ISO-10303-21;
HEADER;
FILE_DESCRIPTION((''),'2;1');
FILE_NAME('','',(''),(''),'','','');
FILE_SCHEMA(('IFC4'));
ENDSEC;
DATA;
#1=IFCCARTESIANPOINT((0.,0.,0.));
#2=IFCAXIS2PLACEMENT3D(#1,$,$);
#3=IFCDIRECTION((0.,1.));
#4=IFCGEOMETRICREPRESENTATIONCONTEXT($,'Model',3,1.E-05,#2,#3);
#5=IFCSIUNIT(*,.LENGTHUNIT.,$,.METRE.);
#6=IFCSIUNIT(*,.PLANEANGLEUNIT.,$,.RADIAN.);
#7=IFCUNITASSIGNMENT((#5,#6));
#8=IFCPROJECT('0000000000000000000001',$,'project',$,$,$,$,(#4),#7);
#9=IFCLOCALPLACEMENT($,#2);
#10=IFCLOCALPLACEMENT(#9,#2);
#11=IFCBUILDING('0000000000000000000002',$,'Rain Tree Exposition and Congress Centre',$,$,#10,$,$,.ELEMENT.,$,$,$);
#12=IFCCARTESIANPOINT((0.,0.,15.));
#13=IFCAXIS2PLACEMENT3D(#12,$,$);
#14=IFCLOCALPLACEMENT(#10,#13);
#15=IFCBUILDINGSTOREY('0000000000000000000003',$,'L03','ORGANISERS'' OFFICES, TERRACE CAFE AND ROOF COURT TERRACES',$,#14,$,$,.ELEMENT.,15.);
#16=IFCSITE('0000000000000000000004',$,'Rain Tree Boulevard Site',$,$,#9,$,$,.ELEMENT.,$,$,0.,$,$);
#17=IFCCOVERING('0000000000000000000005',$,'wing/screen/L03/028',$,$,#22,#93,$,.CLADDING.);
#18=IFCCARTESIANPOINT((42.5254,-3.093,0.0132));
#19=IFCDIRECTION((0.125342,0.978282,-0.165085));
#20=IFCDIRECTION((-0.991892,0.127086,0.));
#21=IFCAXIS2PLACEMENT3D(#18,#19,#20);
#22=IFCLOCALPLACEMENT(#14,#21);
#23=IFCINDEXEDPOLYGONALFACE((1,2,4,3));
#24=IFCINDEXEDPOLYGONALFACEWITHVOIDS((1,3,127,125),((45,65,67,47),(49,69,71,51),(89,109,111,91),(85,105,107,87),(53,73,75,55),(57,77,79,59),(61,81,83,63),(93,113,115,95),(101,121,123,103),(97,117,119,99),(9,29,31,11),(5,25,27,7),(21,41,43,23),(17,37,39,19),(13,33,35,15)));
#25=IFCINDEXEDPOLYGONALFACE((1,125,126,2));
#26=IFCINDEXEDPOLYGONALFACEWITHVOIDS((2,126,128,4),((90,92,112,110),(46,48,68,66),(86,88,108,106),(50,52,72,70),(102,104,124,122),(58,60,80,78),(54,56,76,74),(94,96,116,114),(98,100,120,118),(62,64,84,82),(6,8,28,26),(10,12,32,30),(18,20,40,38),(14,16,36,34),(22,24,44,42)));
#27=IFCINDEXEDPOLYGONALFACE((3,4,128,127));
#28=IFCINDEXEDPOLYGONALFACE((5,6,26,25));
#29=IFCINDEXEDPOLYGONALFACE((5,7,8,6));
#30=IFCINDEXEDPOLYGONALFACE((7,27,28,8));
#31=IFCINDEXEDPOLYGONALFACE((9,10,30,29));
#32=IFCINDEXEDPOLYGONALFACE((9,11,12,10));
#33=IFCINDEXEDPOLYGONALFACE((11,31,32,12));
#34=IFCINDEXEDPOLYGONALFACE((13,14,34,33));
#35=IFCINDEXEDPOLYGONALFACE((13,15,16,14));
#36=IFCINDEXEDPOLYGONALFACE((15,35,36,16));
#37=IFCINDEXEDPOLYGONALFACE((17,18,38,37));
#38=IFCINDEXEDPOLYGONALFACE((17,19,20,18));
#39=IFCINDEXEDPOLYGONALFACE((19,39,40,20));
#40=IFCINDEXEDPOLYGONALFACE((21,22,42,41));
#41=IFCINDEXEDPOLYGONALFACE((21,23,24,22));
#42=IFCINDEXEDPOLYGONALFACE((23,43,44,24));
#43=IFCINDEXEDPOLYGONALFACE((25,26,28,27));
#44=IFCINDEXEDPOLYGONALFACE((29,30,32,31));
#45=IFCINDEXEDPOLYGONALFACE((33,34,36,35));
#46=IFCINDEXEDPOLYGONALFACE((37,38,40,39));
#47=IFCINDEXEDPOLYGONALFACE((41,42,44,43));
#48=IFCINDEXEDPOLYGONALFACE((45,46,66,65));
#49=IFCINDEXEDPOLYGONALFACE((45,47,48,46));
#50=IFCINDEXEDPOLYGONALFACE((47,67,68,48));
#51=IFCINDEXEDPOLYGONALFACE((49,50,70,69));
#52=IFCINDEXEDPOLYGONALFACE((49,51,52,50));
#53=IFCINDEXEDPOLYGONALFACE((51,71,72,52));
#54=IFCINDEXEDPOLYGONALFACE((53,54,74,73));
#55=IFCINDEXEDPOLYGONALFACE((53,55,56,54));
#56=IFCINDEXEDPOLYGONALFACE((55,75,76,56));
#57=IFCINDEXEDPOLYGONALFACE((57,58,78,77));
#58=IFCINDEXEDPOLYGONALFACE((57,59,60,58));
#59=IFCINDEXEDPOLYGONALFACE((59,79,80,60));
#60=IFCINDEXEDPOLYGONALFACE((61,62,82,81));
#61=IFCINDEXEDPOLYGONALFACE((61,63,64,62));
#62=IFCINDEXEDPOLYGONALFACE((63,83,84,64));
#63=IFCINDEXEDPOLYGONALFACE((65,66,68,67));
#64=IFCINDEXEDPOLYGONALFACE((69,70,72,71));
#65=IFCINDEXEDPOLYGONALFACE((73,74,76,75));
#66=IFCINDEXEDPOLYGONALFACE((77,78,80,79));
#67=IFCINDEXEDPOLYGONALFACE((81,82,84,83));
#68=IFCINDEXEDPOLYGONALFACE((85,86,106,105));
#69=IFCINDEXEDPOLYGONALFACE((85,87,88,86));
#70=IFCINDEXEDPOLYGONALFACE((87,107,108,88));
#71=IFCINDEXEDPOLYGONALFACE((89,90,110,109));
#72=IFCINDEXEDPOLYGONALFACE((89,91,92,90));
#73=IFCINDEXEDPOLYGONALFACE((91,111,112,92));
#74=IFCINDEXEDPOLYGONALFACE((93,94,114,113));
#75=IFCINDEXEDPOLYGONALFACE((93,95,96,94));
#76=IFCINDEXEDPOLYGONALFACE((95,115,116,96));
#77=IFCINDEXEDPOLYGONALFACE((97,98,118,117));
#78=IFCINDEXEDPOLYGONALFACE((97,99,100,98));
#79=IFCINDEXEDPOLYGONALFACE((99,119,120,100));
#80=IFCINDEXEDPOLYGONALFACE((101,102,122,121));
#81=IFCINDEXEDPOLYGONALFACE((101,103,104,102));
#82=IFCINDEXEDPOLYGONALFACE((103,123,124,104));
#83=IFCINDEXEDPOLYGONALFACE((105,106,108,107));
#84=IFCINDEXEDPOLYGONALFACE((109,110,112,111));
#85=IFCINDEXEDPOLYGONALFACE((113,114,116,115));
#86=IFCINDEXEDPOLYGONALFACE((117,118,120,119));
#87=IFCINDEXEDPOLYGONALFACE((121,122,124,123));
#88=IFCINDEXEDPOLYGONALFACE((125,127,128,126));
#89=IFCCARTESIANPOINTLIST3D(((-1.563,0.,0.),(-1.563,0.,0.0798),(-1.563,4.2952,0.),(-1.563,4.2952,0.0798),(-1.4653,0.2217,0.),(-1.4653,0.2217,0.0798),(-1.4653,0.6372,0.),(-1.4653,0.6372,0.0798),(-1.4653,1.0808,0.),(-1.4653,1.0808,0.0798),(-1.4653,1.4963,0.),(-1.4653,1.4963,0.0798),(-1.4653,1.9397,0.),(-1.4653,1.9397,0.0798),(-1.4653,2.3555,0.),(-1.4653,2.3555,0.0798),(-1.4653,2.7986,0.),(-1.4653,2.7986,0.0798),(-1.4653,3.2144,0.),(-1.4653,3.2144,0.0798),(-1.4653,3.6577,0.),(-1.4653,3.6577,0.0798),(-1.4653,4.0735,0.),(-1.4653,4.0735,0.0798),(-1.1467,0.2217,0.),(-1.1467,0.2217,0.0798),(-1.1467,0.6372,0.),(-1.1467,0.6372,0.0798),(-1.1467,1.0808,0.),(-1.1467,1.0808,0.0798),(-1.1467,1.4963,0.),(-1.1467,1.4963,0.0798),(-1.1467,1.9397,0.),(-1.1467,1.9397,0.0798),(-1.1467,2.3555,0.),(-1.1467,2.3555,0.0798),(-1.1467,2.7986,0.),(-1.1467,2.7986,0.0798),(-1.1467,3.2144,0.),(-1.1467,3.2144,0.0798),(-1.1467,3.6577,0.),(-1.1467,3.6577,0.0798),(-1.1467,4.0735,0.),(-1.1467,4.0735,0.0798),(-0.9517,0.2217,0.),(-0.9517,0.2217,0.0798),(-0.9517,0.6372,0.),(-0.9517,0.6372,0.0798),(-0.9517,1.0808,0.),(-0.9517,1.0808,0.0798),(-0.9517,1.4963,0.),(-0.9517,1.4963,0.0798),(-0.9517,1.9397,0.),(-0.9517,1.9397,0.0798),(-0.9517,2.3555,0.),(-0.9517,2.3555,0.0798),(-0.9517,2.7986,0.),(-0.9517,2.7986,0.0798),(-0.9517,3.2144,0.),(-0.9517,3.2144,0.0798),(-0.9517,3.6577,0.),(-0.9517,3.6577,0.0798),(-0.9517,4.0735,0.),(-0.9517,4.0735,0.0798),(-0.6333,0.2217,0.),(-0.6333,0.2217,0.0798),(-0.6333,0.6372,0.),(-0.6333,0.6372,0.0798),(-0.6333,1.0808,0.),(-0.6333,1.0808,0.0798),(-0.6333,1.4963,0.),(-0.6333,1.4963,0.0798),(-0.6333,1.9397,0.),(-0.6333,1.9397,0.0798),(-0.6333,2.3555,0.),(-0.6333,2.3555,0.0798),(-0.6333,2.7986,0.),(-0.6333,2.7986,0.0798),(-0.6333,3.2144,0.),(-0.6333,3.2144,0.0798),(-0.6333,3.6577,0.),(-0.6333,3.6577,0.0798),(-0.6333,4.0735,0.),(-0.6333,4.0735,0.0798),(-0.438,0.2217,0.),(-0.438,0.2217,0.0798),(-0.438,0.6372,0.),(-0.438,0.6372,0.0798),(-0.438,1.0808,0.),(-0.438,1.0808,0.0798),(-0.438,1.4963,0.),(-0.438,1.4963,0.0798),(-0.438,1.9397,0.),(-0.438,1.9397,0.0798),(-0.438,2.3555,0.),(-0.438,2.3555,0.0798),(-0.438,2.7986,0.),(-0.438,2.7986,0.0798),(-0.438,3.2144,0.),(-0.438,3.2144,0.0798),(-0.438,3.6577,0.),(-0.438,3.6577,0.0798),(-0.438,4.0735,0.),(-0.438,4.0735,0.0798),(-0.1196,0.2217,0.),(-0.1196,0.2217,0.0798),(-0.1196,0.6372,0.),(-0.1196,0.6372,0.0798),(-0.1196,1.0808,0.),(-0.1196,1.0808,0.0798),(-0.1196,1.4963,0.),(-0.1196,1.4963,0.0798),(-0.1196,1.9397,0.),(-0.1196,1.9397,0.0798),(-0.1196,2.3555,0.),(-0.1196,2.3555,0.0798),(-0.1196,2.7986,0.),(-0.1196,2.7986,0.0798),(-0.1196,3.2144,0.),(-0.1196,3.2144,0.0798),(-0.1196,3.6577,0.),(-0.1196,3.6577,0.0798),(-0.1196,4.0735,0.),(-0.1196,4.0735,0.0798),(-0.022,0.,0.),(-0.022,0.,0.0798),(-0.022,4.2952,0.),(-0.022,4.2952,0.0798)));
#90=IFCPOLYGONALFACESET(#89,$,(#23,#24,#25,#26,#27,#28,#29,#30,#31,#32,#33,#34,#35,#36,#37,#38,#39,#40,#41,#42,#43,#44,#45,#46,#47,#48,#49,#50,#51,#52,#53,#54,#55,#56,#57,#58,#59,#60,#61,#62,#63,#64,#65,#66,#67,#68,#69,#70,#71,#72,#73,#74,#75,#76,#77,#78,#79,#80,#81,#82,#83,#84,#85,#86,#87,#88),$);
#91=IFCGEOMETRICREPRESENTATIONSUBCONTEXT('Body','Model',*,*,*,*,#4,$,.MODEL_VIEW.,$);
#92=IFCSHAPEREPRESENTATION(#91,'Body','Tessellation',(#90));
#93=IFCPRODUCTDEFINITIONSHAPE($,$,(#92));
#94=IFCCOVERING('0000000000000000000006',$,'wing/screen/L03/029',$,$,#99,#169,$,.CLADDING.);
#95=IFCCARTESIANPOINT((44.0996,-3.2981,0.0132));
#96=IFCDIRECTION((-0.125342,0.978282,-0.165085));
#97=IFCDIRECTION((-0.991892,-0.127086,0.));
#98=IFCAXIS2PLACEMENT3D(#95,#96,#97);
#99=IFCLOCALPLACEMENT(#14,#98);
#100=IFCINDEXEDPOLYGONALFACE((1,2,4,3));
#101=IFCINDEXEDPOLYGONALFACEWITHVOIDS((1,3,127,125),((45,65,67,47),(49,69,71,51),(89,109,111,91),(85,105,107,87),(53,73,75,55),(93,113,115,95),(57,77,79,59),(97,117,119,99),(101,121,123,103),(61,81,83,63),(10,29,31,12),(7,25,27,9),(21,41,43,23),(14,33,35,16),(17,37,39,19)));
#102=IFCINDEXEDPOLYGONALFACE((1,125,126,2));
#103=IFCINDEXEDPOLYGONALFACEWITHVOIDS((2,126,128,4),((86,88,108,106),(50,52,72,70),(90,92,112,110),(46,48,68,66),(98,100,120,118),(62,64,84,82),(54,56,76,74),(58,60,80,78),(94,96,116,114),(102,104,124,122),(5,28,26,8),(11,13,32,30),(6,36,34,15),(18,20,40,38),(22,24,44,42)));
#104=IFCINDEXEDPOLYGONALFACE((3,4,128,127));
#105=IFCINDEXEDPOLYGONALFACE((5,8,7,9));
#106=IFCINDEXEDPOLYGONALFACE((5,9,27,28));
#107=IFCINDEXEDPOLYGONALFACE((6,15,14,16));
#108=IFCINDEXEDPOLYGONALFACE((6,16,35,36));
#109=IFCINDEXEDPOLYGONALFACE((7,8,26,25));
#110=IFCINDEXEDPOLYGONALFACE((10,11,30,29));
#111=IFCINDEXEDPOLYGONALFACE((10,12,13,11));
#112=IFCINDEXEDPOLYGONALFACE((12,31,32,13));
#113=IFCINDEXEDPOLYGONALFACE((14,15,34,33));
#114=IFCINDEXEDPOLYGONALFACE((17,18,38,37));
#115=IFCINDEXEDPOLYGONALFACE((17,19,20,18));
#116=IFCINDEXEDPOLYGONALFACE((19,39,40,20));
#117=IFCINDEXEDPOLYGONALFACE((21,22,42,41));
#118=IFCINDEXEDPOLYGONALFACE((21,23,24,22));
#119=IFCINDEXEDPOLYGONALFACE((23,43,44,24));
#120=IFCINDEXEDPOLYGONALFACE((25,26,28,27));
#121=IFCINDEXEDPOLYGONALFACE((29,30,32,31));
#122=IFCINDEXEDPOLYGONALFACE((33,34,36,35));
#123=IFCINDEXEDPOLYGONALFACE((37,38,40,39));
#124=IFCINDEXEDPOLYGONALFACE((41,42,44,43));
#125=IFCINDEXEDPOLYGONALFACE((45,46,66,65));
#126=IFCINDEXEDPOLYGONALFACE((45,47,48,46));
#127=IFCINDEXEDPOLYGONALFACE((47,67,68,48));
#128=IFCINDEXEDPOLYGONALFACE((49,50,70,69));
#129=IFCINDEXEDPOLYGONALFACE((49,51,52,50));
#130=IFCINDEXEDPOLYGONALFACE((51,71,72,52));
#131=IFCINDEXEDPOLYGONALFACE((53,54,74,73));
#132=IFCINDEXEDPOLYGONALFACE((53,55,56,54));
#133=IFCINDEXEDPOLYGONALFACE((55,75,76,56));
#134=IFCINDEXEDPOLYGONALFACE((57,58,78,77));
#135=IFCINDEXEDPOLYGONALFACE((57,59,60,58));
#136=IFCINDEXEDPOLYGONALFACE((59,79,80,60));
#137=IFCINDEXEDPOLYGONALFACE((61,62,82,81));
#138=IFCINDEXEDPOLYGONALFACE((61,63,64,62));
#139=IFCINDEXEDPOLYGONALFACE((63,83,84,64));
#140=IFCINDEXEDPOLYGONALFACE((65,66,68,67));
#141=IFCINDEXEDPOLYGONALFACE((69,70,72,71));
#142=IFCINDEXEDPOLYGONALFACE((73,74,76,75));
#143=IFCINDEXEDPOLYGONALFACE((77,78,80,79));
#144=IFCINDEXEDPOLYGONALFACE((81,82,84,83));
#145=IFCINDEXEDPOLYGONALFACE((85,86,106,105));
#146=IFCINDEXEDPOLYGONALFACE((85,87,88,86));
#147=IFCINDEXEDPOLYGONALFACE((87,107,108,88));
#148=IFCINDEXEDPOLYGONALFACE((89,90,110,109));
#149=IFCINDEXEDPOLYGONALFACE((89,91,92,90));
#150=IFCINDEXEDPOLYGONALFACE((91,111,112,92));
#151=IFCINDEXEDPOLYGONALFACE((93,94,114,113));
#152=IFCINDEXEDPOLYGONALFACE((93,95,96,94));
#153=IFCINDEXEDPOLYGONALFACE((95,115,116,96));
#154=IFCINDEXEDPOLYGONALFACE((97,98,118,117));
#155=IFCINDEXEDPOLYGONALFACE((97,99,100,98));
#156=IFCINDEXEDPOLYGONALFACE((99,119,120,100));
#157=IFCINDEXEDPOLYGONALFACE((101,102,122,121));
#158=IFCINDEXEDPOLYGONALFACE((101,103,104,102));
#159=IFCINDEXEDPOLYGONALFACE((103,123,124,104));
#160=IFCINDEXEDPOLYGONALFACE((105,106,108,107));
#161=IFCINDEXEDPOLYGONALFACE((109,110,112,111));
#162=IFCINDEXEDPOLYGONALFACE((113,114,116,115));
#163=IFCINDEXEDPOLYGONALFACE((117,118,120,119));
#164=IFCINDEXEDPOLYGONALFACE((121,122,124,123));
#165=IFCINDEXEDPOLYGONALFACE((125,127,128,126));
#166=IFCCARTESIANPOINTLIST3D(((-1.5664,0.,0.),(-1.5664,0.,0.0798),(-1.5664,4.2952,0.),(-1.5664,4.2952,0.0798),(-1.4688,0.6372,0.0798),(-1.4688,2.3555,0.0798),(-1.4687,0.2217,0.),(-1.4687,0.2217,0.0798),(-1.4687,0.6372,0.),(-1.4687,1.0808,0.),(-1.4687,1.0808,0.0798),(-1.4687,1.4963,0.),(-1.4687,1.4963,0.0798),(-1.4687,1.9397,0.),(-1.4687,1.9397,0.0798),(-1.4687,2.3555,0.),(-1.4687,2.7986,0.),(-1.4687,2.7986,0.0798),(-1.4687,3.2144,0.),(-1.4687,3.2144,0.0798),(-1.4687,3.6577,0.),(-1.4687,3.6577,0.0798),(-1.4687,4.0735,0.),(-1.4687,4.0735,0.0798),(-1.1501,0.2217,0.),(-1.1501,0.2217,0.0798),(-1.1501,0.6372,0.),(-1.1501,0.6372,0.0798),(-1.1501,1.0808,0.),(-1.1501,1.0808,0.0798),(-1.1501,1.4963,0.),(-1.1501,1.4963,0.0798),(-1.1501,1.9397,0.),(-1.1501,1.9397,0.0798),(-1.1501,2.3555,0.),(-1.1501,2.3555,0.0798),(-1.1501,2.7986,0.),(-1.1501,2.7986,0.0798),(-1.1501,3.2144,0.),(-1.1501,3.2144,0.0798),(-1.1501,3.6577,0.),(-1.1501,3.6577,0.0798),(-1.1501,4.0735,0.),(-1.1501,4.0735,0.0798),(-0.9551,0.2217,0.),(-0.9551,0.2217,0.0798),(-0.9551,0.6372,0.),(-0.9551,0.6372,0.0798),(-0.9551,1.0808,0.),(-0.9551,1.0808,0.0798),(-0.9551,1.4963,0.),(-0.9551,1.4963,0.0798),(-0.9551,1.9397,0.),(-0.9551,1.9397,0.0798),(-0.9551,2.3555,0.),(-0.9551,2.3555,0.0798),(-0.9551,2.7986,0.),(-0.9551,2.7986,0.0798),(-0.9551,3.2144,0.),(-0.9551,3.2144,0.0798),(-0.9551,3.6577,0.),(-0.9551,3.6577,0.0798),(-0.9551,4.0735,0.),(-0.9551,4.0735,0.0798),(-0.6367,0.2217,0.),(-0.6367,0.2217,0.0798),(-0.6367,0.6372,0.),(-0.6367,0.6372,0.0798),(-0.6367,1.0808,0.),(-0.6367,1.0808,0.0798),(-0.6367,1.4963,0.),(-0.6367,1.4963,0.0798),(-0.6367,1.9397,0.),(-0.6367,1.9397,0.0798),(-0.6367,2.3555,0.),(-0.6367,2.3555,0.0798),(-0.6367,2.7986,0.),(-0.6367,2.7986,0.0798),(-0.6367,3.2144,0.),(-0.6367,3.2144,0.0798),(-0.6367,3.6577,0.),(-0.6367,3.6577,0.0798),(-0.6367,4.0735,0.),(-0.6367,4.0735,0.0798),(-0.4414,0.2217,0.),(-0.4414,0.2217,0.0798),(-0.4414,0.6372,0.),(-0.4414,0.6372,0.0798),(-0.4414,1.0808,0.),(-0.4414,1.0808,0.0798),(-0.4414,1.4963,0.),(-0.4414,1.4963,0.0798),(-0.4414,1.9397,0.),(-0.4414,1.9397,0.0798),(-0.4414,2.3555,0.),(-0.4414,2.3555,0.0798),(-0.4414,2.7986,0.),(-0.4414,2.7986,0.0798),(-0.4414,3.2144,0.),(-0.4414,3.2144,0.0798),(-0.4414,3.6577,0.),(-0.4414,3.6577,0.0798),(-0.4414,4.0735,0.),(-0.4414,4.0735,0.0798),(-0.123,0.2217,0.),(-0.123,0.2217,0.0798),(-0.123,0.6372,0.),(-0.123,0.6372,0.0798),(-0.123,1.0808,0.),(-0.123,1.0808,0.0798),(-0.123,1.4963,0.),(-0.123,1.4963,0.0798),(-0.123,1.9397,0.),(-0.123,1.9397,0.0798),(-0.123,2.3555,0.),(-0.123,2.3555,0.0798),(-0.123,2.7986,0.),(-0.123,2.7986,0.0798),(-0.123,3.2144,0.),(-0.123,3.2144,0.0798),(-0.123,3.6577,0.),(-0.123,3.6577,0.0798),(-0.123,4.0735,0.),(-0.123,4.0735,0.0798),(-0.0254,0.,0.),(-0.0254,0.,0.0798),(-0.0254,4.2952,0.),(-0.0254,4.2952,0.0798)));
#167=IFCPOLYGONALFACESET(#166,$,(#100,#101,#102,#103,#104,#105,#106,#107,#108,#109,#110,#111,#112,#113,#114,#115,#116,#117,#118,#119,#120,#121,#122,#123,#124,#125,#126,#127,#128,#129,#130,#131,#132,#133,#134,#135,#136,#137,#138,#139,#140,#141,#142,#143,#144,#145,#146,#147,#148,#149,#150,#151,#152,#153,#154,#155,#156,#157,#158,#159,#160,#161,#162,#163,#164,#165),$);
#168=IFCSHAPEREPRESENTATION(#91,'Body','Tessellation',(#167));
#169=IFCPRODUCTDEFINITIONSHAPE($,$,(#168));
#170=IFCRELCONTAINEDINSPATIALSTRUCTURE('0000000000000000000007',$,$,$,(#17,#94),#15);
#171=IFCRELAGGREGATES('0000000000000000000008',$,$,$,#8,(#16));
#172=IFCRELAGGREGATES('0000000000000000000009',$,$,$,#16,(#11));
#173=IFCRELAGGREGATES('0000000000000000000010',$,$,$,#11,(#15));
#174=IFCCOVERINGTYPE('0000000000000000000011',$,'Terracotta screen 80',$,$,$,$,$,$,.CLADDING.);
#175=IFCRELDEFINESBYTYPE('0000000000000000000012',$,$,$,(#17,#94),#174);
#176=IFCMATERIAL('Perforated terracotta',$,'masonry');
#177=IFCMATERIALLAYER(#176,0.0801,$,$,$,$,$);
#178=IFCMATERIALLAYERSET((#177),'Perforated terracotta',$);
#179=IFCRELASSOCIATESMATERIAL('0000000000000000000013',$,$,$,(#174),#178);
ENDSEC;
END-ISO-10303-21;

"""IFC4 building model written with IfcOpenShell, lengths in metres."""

from ifc_helpers import new_model, si_unit, direction, frame, origin, place, context, subcontext, project, spatial, polyline, outline, extrude, material, layer, layer_set, type_object, element, save


model = new_model("IFC4")

# Units and contexts
model_context = context("Model", 3, precision=1e-05, world=origin(), true_north=direction((0.0, 1.0)))
body_context = subcontext(model_context, "Body", "Model", "MODEL_VIEW")
ifc_project = project(units=[si_unit("LENGTHUNIT", "METRE"), si_unit("PLANEANGLEUNIT", "RADIAN")], contexts=[model_context])

# Site, building, storey
site_placement = place(None, origin())
site = spatial("IfcSite", under=ifc_project, at=site_placement, Name="Rain Tree Boulevard Site", CompositionType="ELEMENT", RefElevation=0.0)
building_placement = place(site_placement, origin())
building = spatial("IfcBuilding", under=site, at=building_placement, Name="Rain Tree Exposition and Congress Centre", CompositionType="ELEMENT")
storey_placement = place(building_placement, frame((0.0, 0.0, 15.0)))
storey = spatial("IfcBuildingStorey", under=building, at=storey_placement, Name="L03", Description="ORGANISERS' OFFICES, TERRACE CAFE AND ROOF COURT TERRACES", CompositionType="ELEMENT", Elevation=15.0)

# Coverings
ifc_material_1 = material(Name="Perforated terracotta", Category="masonry")
ifc_layer_1 = layer(ifc_material_1, 0.0801)
ifc_layer_set_1 = layer_set([ifc_layer_1], Name="Perforated terracotta")
covering_type = type_object("IfcCoveringType", Name="Terracotta screen 80", PredefinedType="CLADDING", material=ifc_layer_set_1)
covering_1_placement = place(storey_placement, frame((42.5254, -3.093, 0.0132), z_axis=(0.125342, 0.978282, -0.165085), x_axis=(-0.991892, 0.127086, 0.0)))
element("IfcCovering", 1, at=covering_1_placement, inside=storey, type_object=covering_type, Name="wing/screen/L03/028", PredefinedType="CLADDING", context=body_context, shape_type="SweptSolid", body=[
    extrude(outline(polyline([(-1.563, 0.0), (-1.563, 4.2952), (-0.022, 4.2952), (-0.022, 0.0), (-1.563, 0.0)]), holes=[polyline([(-0.1196, 0.2217), (-0.1196, 0.6372), (-0.438, 0.6372), (-0.438, 0.2217), (-0.1196, 0.2217)]), polyline([(-0.1196, 1.0808), (-0.1196, 1.4963), (-0.438, 1.4963), (-0.438, 1.0808), (-0.1196, 1.0808)]), polyline([(-0.1196, 1.9397), (-0.1196, 2.3555), (-0.438, 2.3555), (-0.438, 1.9397), (-0.1196, 1.9397)]), polyline([(-0.1196, 2.7986), (-0.1196, 3.2144), (-0.438, 3.2144), (-0.438, 2.7986), (-0.1196, 2.7986)]), polyline([(-0.1196, 3.6577), (-0.1196, 4.0735), (-0.438, 4.0735), (-0.438, 3.6577), (-0.1196, 3.6577)]), polyline([(-0.6333, 0.2217), (-0.6333, 0.6372), (-0.9517, 0.6372), (-0.9517, 0.2217), (-0.6333, 0.2217)]), polyline([(-0.6333, 1.0808), (-0.6333, 1.4963), (-0.9517, 1.4963), (-0.9517, 1.0808), (-0.6333, 1.0808)]), polyline([(-0.6333, 1.9397), (-0.6333, 2.3555), (-0.9517, 2.3555), (-0.9517, 1.9397), (-0.6333, 1.9397)]), polyline([(-0.6333, 2.7986), (-0.6333, 3.2144), (-0.9517, 3.2144), (-0.9517, 2.7986), (-0.6333, 2.7986)]), polyline([(-0.6333, 3.6577), (-0.6333, 4.0735), (-0.9517, 4.0735), (-0.9517, 3.6577), (-0.6333, 3.6577)]), polyline([(-1.1467, 0.2217), (-1.1467, 0.6372), (-1.4653, 0.6372), (-1.4653, 0.2217), (-1.1467, 0.2217)]), polyline([(-1.1467, 1.0808), (-1.1467, 1.4963), (-1.4653, 1.4963), (-1.4653, 1.0808), (-1.1467, 1.0808)]), polyline([(-1.1467, 1.9397), (-1.1467, 2.3555), (-1.4653, 2.3555), (-1.4653, 1.9397), (-1.1467, 1.9397)]), polyline([(-1.1467, 2.7986), (-1.1467, 3.2144), (-1.4653, 3.2144), (-1.4653, 2.7986), (-1.1467, 2.7986)]), polyline([(-1.1467, 3.6577), (-1.1467, 4.0735), (-1.4653, 4.0735), (-1.4653, 3.6577), (-1.1467, 3.6577)])]), origin(), (0.0, 0.0, 1.0), 0.0798),
])
covering_2_placement = place(storey_placement, frame((44.0996, -3.2981, 0.0132), z_axis=(-0.125342, 0.978282, -0.165085), x_axis=(-0.991892, -0.127086, 0.0)))
element("IfcCovering", 2, at=covering_2_placement, inside=storey, type_object=covering_type, Name="wing/screen/L03/029", PredefinedType="CLADDING", context=body_context, shape_type="SweptSolid", body=[
    extrude(outline(polyline([(-1.5664, 0.0), (-1.5664, 4.2952), (-0.0254, 4.2952), (-0.0254, 0.0), (-1.5664, 0.0)]), holes=[polyline([(-0.123, 0.2217), (-0.123, 0.6372), (-0.4414, 0.6372), (-0.4414, 0.2217), (-0.123, 0.2217)]), polyline([(-0.123, 1.0808), (-0.123, 1.4963), (-0.4414, 1.4963), (-0.4414, 1.0808), (-0.123, 1.0808)]), polyline([(-0.123, 1.9397), (-0.123, 2.3555), (-0.4414, 2.3555), (-0.4414, 1.9397), (-0.123, 1.9397)]), polyline([(-0.123, 2.7986), (-0.123, 3.2144), (-0.4414, 3.2144), (-0.4414, 2.7986), (-0.123, 2.7986)]), polyline([(-0.123, 3.6577), (-0.123, 4.0735), (-0.4414, 4.0735), (-0.4414, 3.6577), (-0.123, 3.6577)]), polyline([(-0.6367, 0.2217), (-0.6367, 0.6372), (-0.9551, 0.6372), (-0.9551, 0.2217), (-0.6367, 0.2217)]), polyline([(-0.6367, 1.0808), (-0.6367, 1.4963), (-0.9551, 1.4963), (-0.9551, 1.0808), (-0.6367, 1.0808)]), polyline([(-0.6367, 1.9397), (-0.6367, 2.3555), (-0.9551, 2.3555), (-0.9551, 1.9397), (-0.6367, 1.9397)]), polyline([(-0.6367, 2.7986), (-0.6367, 3.2144), (-0.9551, 3.2144), (-0.9551, 2.7986), (-0.6367, 2.7986)]), polyline([(-0.6367, 3.6577), (-0.6367, 4.0735), (-0.9551, 4.0735), (-0.9551, 3.6577), (-0.6367, 3.6577)]), polyline([(-1.1501, 0.2217), (-1.1501, 0.6372), (-1.4688, 0.6372), (-1.4688, 0.2217), (-1.1501, 0.2217)]), polyline([(-1.1501, 1.0808), (-1.1501, 1.4963), (-1.4688, 1.4963), (-1.4688, 1.0808), (-1.1501, 1.0808)]), polyline([(-1.1501, 1.9397), (-1.1501, 2.3555), (-1.4688, 2.3555), (-1.4688, 1.9397), (-1.1501, 1.9397)]), polyline([(-1.1501, 2.7986), (-1.1501, 3.2144), (-1.4688, 3.2144), (-1.4688, 2.7986), (-1.1501, 2.7986)]), polyline([(-1.1501, 3.6577), (-1.1501, 4.0735), (-1.4688, 4.0735), (-1.4688, 3.6577), (-1.1501, 3.6577)])]), origin(), (0.0, 0.0, 1.0), 0.0798),
])

save(model, "model.ifc")
